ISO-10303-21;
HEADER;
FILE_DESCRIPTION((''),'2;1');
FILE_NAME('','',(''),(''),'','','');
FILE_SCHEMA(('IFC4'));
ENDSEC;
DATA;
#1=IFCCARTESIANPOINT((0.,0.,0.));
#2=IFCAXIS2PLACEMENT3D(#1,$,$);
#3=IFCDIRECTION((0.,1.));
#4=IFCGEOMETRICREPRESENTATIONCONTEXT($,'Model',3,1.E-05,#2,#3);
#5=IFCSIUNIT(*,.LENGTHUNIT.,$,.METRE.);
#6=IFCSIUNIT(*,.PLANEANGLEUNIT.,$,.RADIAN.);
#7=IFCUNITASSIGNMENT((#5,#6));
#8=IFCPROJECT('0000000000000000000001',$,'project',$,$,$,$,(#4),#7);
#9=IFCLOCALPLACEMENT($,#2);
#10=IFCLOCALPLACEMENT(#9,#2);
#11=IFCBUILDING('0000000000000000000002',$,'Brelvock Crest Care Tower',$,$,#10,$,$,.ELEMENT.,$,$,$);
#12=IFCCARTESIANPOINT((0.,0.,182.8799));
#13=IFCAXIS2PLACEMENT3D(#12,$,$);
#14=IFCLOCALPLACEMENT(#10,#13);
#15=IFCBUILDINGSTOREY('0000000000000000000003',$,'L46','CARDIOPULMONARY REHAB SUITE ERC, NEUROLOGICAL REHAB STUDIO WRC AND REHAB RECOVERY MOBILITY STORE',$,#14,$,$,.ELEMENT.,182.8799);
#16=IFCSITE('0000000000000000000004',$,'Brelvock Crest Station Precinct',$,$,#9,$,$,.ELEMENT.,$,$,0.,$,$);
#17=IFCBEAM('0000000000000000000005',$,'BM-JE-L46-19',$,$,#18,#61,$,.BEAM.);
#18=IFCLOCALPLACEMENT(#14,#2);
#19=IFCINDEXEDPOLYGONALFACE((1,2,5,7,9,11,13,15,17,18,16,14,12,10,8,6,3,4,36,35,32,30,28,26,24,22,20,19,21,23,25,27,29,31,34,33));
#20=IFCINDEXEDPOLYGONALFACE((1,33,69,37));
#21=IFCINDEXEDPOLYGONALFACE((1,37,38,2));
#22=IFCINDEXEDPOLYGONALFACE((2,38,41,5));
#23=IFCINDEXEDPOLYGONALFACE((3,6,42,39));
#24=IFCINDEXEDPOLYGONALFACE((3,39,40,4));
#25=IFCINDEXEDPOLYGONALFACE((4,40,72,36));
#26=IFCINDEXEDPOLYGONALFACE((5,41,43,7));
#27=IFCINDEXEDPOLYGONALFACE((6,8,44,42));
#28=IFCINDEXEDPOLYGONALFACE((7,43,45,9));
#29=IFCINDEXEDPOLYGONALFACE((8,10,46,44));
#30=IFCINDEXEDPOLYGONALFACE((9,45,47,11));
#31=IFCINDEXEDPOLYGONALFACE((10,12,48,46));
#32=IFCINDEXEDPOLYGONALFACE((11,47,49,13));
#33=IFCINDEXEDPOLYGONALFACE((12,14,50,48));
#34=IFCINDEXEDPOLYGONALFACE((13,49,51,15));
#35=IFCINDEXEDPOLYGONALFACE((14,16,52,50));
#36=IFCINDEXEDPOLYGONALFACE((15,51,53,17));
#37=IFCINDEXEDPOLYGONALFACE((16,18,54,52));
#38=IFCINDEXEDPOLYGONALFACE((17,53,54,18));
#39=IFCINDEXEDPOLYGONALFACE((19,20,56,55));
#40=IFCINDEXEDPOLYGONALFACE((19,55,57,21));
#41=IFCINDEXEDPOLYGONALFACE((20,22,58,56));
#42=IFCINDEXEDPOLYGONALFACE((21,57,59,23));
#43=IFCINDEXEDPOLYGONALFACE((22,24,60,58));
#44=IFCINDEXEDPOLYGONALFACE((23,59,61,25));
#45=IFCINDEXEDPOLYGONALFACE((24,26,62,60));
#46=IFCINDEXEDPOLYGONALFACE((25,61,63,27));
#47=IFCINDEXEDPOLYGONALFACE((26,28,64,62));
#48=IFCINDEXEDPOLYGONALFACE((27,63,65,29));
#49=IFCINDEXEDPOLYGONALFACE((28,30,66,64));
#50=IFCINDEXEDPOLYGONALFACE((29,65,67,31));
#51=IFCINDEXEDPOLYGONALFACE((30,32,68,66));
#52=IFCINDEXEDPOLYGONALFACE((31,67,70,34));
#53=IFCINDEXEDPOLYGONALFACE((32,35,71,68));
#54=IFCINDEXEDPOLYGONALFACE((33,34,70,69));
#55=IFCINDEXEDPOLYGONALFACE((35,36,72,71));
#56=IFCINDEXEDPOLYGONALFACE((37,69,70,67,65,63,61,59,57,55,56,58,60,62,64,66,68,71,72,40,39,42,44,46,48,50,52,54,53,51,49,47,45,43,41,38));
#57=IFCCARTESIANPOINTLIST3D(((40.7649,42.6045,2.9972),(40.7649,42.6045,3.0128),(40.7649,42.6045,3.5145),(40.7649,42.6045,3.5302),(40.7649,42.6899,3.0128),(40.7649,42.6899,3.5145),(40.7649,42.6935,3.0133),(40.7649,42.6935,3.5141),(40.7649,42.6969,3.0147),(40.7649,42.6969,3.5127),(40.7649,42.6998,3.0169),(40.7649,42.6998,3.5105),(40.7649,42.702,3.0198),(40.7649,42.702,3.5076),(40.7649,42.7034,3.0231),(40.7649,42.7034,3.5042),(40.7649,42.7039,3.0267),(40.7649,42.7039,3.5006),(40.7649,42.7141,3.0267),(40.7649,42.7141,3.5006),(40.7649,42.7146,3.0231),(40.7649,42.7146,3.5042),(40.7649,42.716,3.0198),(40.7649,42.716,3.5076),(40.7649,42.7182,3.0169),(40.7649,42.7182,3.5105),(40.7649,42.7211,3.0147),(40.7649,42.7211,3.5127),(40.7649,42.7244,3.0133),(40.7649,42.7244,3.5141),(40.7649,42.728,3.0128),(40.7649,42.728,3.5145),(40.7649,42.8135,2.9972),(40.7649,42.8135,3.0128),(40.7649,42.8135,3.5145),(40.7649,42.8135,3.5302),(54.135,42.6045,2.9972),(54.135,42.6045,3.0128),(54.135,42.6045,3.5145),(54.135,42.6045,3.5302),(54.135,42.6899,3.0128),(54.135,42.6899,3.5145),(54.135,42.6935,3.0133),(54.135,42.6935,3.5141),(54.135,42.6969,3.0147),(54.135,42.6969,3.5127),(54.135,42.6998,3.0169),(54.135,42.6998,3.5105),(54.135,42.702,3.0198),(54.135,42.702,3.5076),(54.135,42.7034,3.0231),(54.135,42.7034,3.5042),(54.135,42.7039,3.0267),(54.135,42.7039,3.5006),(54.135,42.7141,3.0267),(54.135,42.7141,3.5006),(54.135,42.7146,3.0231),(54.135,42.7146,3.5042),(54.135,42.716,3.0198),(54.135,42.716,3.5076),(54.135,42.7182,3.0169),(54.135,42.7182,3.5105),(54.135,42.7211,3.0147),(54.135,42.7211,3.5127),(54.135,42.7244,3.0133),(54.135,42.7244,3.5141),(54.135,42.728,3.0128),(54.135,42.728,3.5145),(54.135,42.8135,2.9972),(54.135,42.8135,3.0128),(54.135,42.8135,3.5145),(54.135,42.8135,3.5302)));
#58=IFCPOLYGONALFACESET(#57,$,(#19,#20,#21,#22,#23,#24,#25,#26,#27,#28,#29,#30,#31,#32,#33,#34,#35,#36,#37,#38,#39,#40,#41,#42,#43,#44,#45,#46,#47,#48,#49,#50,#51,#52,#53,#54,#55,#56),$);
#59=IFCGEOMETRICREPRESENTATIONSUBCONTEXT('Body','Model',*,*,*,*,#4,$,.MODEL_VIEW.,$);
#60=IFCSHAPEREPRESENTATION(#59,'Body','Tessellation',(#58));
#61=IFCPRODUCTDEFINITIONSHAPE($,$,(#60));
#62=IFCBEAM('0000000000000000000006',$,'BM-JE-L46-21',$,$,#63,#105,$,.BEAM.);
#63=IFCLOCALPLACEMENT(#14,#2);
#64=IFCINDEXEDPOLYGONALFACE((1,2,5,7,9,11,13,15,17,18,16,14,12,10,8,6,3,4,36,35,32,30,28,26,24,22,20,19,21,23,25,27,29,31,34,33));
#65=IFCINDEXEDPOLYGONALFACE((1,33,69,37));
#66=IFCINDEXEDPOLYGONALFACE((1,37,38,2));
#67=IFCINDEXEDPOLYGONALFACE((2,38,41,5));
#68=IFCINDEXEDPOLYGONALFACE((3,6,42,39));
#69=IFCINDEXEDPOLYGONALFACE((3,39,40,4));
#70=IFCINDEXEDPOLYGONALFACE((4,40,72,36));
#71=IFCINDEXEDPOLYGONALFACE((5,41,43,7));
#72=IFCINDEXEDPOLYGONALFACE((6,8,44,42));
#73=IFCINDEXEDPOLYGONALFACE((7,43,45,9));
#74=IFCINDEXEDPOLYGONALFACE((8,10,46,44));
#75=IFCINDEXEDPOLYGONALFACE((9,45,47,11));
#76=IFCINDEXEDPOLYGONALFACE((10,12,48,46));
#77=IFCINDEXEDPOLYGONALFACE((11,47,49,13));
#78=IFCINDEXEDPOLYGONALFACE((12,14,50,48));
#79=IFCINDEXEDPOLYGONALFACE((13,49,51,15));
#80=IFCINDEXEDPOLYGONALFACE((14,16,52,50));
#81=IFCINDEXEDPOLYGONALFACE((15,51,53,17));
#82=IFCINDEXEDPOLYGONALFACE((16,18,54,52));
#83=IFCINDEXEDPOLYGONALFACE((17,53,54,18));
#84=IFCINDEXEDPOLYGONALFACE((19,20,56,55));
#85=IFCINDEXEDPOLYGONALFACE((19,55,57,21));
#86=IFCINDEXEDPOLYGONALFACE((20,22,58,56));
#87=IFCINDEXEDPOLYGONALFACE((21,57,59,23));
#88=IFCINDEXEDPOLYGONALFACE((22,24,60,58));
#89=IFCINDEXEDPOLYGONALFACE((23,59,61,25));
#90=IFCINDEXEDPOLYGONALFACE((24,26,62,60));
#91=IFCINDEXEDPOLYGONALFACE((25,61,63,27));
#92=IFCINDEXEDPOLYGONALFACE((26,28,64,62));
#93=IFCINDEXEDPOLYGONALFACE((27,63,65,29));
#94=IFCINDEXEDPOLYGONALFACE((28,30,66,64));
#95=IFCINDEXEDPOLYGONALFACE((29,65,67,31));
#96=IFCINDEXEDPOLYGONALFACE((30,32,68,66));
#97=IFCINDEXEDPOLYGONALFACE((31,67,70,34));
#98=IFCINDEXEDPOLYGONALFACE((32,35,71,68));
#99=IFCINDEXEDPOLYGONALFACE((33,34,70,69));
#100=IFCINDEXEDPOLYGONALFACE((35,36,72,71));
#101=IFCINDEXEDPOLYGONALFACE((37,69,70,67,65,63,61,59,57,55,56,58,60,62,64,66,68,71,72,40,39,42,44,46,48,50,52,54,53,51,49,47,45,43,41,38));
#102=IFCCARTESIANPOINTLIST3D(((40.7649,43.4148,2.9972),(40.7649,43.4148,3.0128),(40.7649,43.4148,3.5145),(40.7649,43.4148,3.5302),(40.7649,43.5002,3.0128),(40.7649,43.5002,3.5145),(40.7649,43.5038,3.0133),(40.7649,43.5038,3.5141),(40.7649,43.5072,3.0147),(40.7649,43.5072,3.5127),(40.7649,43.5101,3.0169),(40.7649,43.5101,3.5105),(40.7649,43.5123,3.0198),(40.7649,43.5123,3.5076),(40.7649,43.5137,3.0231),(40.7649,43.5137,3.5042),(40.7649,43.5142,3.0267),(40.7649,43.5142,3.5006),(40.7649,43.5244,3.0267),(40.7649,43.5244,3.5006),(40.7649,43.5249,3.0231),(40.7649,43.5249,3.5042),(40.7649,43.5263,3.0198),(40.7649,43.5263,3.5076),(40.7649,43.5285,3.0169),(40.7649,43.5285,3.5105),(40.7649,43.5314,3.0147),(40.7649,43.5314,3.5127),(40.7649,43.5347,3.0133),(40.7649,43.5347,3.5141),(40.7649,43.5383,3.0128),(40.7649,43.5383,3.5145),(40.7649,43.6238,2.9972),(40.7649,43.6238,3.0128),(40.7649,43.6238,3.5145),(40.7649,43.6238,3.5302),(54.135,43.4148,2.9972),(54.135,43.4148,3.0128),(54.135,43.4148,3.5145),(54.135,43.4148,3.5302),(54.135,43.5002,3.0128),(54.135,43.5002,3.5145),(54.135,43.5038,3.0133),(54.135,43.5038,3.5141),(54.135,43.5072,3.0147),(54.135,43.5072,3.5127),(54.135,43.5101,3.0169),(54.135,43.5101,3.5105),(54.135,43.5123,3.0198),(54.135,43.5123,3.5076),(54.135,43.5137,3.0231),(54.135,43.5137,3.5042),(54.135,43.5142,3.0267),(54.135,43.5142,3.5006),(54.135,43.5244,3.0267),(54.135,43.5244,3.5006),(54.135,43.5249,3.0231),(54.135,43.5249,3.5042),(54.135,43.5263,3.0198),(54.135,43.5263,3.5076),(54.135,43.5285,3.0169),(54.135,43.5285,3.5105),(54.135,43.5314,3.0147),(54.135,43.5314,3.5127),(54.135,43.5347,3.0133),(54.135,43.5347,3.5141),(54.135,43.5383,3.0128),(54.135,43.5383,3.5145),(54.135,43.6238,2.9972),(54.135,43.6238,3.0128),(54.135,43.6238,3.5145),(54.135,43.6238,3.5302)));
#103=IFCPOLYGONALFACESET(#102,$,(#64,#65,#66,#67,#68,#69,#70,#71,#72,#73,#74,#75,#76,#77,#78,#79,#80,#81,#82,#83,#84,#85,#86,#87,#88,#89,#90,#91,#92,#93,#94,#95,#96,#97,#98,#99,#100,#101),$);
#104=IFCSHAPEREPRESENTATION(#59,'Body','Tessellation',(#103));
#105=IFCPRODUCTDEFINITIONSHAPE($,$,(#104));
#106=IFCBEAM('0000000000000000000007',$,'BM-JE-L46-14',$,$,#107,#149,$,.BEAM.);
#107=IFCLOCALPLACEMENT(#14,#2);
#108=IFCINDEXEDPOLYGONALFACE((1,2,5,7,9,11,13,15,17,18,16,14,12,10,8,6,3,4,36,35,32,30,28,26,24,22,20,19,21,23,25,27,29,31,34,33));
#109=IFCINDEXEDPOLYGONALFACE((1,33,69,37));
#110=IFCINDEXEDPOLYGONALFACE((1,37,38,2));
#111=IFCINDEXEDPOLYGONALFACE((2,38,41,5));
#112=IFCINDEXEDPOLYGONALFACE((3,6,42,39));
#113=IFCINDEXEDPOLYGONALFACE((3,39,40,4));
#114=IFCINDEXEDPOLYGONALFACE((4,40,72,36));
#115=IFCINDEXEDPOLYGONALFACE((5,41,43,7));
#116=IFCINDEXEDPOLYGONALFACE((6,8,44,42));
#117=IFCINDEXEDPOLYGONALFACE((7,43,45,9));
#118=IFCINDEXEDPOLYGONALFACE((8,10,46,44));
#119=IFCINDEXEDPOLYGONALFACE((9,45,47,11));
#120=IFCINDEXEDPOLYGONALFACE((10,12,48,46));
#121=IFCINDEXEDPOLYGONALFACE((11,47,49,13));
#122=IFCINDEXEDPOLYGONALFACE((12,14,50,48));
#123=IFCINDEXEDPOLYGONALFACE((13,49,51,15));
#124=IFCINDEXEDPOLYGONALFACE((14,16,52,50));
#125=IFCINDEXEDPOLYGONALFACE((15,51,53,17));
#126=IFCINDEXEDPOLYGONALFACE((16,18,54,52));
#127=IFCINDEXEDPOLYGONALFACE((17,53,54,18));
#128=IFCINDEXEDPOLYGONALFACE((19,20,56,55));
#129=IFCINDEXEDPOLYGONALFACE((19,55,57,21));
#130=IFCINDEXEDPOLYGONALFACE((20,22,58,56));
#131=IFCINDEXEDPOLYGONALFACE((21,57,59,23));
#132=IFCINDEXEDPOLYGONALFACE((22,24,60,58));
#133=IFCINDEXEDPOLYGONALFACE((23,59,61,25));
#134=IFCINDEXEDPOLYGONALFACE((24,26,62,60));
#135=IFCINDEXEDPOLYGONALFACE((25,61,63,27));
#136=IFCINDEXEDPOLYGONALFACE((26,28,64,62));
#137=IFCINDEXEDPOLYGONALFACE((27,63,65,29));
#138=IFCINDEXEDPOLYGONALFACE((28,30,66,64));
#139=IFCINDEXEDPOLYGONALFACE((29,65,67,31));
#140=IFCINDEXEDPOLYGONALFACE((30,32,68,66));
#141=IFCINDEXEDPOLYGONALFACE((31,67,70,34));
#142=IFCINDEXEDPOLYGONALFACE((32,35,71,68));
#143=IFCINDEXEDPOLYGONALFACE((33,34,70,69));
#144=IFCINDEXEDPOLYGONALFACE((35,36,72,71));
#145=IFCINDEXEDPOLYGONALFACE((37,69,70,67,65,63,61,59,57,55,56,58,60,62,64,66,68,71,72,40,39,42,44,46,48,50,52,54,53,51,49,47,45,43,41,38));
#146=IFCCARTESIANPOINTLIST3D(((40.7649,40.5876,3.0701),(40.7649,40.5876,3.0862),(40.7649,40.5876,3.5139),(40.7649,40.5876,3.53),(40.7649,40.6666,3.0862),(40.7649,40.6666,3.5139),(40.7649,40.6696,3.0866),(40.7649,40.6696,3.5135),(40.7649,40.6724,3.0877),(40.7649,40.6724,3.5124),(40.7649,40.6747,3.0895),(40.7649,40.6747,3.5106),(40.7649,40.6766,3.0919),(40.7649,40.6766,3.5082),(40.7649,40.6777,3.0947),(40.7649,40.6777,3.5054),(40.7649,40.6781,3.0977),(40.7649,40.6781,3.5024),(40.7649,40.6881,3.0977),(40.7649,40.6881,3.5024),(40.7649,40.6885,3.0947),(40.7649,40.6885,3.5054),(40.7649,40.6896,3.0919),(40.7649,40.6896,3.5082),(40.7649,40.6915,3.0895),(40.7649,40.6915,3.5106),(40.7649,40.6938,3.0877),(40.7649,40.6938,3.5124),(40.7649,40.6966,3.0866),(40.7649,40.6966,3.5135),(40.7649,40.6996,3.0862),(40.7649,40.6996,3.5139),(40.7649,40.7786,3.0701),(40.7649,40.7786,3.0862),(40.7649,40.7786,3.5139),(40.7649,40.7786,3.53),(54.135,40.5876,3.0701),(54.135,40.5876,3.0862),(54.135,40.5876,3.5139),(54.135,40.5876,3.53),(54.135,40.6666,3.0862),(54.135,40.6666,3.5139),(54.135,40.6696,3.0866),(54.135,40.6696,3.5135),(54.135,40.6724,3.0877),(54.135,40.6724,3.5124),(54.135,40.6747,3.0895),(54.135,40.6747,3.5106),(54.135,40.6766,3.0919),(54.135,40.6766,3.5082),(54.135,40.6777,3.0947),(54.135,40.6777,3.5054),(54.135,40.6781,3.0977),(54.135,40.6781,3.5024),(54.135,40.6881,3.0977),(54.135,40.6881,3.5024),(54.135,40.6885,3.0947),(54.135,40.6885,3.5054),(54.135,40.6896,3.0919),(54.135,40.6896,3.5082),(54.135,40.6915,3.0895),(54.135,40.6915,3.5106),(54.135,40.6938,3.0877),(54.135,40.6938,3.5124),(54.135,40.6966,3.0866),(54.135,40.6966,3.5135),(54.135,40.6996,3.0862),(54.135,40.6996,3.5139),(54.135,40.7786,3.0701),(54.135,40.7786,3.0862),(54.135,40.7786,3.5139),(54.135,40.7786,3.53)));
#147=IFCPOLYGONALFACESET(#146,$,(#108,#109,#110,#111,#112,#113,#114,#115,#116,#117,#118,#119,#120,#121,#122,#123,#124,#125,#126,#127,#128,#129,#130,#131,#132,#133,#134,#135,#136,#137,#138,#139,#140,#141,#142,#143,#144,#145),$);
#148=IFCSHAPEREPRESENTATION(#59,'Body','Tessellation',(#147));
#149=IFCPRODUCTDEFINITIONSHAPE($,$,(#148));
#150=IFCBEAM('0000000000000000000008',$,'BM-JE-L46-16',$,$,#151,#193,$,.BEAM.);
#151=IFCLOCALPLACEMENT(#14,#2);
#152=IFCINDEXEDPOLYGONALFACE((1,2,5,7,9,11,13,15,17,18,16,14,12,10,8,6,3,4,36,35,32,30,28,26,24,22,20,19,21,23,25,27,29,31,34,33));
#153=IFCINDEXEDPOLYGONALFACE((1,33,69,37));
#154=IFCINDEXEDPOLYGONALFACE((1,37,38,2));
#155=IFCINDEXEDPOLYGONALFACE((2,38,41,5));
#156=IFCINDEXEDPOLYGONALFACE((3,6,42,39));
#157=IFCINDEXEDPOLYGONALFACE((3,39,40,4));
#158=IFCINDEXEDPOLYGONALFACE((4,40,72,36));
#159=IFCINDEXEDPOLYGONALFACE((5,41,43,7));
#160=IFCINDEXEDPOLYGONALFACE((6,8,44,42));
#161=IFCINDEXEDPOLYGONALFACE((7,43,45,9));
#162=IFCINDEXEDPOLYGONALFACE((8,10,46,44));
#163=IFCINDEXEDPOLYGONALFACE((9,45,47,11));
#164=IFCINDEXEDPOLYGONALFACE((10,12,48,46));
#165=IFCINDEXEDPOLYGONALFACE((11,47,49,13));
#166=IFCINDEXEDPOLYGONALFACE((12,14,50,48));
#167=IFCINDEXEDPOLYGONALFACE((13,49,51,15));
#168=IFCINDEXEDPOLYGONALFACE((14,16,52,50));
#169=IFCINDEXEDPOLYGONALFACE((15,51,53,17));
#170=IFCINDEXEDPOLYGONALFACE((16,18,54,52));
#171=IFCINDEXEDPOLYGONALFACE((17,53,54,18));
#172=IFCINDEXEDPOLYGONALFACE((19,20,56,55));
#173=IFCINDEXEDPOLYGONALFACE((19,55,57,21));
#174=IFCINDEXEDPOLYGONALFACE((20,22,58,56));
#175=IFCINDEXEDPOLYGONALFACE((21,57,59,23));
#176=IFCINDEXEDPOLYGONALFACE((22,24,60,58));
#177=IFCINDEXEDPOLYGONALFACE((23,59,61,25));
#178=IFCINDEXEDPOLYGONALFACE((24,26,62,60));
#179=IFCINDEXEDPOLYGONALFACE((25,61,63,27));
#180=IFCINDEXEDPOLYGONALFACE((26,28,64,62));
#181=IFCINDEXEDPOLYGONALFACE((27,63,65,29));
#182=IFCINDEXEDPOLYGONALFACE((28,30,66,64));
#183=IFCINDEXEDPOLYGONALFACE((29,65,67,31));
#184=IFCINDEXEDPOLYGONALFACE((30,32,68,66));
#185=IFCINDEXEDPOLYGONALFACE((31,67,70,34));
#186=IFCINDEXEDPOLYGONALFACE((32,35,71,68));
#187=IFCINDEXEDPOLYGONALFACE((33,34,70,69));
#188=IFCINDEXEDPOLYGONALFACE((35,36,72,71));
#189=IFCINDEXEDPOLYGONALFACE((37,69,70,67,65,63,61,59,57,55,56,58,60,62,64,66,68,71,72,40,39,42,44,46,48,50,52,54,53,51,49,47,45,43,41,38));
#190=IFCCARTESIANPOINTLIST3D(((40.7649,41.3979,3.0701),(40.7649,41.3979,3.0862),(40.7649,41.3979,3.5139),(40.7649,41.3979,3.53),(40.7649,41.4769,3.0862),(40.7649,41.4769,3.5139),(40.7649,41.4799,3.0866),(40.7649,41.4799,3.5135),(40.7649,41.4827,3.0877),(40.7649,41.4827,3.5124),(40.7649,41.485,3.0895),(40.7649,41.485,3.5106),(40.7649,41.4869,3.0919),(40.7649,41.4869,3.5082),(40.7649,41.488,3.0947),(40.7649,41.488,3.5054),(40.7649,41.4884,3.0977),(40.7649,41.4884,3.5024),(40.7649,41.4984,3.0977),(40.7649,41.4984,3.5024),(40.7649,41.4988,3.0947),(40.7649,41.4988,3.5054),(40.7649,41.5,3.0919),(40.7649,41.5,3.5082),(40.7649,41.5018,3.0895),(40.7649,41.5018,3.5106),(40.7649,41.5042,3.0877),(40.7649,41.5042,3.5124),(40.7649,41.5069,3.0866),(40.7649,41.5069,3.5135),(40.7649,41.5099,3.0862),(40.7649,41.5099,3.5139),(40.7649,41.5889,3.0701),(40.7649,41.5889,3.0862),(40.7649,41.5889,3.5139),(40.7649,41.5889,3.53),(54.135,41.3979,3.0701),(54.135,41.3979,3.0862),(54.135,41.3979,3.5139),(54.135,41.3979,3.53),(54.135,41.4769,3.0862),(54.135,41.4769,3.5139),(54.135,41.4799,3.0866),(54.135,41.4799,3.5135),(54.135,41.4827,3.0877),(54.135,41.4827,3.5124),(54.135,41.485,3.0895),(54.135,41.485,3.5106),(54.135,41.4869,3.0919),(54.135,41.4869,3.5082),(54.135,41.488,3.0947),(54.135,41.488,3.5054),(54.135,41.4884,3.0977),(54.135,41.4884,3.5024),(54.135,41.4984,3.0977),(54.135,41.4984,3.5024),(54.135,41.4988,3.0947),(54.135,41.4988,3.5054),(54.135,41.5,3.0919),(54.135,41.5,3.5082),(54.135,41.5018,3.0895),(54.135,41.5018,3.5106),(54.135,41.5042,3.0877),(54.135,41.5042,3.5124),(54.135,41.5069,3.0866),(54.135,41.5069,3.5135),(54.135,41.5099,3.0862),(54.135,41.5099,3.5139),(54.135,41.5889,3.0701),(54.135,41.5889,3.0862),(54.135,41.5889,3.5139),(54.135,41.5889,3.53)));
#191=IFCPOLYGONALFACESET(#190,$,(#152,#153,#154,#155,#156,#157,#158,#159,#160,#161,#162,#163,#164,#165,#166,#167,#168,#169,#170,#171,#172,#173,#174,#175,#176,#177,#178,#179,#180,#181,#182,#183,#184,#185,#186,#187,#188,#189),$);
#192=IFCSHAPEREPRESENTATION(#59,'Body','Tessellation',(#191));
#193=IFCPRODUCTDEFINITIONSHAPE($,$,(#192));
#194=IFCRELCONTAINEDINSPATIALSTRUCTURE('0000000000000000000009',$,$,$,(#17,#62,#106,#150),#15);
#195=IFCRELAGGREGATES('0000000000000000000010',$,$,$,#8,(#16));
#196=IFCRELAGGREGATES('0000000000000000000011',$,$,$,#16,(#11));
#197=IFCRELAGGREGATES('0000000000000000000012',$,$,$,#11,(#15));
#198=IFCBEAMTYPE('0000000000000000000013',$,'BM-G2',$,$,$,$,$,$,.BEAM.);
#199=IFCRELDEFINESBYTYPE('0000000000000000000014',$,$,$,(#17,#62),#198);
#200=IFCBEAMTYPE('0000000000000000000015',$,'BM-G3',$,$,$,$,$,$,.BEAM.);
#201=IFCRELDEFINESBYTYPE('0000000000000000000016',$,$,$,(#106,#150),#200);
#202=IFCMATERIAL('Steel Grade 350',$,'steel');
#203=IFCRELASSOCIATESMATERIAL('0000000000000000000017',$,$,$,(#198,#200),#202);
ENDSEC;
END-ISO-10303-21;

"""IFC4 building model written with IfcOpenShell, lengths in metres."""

from ifc_helpers import new_model, si_unit, direction, frame, origin, origin_2d, place, context, subcontext, project, spatial, i_section, extrude, source, transform, mapped, material, material_profile, profile_set, type_object, element, save


model = new_model("IFC4")

# Units and contexts
model_context = context("Model", 3, precision=1e-05, world=origin(), true_north=direction((0.0, 1.0)))
body_context = subcontext(model_context, "Body", "Model", "MODEL_VIEW")
ifc_project = project(units=[si_unit("LENGTHUNIT", "METRE"), si_unit("PLANEANGLEUNIT", "RADIAN")], contexts=[model_context])

# Site, building, storey
site_placement = place(None, origin())
site = spatial("IfcSite", under=ifc_project, at=site_placement, Name="Brelvock Crest Station Precinct", CompositionType="ELEMENT", RefElevation=0.0)
building_placement = place(site_placement, origin())
building = spatial("IfcBuilding", under=site, at=building_placement, Name="Brelvock Crest Care Tower", CompositionType="ELEMENT")
storey_placement = place(building_placement, frame((0.0, 0.0, 182.8799)))
storey = spatial("IfcBuildingStorey", under=building, at=storey_placement, Name="L46", Description="CARDIOPULMONARY REHAB SUITE ERC, NEUROLOGICAL REHAB STUDIO WRC AND REHAB RECOVERY MOBILITY STORE", CompositionType="ELEMENT", Elevation=182.8799)

# Beams
ifc_material_1 = material(Name="Steel Grade 350", Category="steel")
ifc_material_profile_1 = material_profile(ifc_material_1, i_section(OverallWidth=0.209, OverallDepth=0.533, WebThickness=0.0103, FlangeThickness=0.0156, FilletRadius=0.0139, at=origin_2d()), Name="530UB92.4")
ifc_profile_set_1 = profile_set([ifc_material_profile_1], Name="Steel Grade 350")
beam_type_1 = type_object("IfcBeamType", Name="BM-G2", PredefinedType="BEAM", material=ifc_profile_set_1)
shared_shape_1 = source(origin(), body_context, "Body", "SweptSolid", [
    extrude(i_section(OverallWidth=0.209, OverallDepth=0.533, WebThickness=0.0103, FlangeThickness=0.0156, FilletRadius=0.0139, at=origin_2d()), origin(), (0.0, 0.0, 1.0), 13.3701),
])
for number, where, z_axis, x_axis, name in (
    (1, (40.7649, 42.709, 3.2637), (1.0, 0.0, 0.0), (0.0, 1.0, 0.0), "BM-JE-L46-19"),
    (2, (40.7649, 43.5193, 3.2637), (1.0, 0.0, 0.0), (0.0, 1.0, 0.0), "BM-JE-L46-21"),
):
    element("IfcBeam", number, at=place(storey_placement, frame(where, z_axis=z_axis, x_axis=x_axis)), inside=storey, type_object=beam_type_1, Name=name, PredefinedType="BEAM", context=body_context, shape_type="MappedRepresentation", body=[
        mapped(shared_shape_1, transform((0.0, 0.0, 0.0), x_axis=(1.0, 0.0, 0.0), y_axis=(0.0, 1.0, 0.0), z_axis=(0.0, 0.0, 1.0), scale=1.0)),
    ])
ifc_material_profile_2 = material_profile(ifc_material_1, i_section(OverallWidth=0.1909, OverallDepth=0.46, WebThickness=0.01, FlangeThickness=0.0161, FilletRadius=0.0115, at=origin_2d()), Name="460UB82.1")
ifc_profile_set_2 = profile_set([ifc_material_profile_2], Name="Steel Grade 350")
beam_type_2 = type_object("IfcBeamType", Name="BM-G3", PredefinedType="BEAM", material=ifc_profile_set_2)
shared_shape_2 = source(origin(), body_context, "Body", "SweptSolid", [
    extrude(i_section(OverallWidth=0.1909, OverallDepth=0.46, WebThickness=0.01, FlangeThickness=0.0161, FilletRadius=0.0115, at=origin_2d()), origin(), (0.0, 0.0, 1.0), 13.3701),
])
for number, where, z_axis, x_axis, name in (
    (3, (40.7649, 40.6831, 3.3), (1.0, 0.0, 0.0), (0.0, 1.0, 0.0), "BM-JE-L46-14"),
    (4, (40.7649, 41.4934, 3.3), (1.0, 0.0, 0.0), (0.0, 1.0, 0.0), "BM-JE-L46-16"),
):
    element("IfcBeam", number, at=place(storey_placement, frame(where, z_axis=z_axis, x_axis=x_axis)), inside=storey, type_object=beam_type_2, Name=name, PredefinedType="BEAM", context=body_context, shape_type="MappedRepresentation", body=[
        mapped(shared_shape_2, transform((0.0, 0.0, 0.0), x_axis=(1.0, 0.0, 0.0), y_axis=(0.0, 1.0, 0.0), z_axis=(0.0, 0.0, 1.0), scale=1.0)),
    ])

save(model, "model.ifc")
